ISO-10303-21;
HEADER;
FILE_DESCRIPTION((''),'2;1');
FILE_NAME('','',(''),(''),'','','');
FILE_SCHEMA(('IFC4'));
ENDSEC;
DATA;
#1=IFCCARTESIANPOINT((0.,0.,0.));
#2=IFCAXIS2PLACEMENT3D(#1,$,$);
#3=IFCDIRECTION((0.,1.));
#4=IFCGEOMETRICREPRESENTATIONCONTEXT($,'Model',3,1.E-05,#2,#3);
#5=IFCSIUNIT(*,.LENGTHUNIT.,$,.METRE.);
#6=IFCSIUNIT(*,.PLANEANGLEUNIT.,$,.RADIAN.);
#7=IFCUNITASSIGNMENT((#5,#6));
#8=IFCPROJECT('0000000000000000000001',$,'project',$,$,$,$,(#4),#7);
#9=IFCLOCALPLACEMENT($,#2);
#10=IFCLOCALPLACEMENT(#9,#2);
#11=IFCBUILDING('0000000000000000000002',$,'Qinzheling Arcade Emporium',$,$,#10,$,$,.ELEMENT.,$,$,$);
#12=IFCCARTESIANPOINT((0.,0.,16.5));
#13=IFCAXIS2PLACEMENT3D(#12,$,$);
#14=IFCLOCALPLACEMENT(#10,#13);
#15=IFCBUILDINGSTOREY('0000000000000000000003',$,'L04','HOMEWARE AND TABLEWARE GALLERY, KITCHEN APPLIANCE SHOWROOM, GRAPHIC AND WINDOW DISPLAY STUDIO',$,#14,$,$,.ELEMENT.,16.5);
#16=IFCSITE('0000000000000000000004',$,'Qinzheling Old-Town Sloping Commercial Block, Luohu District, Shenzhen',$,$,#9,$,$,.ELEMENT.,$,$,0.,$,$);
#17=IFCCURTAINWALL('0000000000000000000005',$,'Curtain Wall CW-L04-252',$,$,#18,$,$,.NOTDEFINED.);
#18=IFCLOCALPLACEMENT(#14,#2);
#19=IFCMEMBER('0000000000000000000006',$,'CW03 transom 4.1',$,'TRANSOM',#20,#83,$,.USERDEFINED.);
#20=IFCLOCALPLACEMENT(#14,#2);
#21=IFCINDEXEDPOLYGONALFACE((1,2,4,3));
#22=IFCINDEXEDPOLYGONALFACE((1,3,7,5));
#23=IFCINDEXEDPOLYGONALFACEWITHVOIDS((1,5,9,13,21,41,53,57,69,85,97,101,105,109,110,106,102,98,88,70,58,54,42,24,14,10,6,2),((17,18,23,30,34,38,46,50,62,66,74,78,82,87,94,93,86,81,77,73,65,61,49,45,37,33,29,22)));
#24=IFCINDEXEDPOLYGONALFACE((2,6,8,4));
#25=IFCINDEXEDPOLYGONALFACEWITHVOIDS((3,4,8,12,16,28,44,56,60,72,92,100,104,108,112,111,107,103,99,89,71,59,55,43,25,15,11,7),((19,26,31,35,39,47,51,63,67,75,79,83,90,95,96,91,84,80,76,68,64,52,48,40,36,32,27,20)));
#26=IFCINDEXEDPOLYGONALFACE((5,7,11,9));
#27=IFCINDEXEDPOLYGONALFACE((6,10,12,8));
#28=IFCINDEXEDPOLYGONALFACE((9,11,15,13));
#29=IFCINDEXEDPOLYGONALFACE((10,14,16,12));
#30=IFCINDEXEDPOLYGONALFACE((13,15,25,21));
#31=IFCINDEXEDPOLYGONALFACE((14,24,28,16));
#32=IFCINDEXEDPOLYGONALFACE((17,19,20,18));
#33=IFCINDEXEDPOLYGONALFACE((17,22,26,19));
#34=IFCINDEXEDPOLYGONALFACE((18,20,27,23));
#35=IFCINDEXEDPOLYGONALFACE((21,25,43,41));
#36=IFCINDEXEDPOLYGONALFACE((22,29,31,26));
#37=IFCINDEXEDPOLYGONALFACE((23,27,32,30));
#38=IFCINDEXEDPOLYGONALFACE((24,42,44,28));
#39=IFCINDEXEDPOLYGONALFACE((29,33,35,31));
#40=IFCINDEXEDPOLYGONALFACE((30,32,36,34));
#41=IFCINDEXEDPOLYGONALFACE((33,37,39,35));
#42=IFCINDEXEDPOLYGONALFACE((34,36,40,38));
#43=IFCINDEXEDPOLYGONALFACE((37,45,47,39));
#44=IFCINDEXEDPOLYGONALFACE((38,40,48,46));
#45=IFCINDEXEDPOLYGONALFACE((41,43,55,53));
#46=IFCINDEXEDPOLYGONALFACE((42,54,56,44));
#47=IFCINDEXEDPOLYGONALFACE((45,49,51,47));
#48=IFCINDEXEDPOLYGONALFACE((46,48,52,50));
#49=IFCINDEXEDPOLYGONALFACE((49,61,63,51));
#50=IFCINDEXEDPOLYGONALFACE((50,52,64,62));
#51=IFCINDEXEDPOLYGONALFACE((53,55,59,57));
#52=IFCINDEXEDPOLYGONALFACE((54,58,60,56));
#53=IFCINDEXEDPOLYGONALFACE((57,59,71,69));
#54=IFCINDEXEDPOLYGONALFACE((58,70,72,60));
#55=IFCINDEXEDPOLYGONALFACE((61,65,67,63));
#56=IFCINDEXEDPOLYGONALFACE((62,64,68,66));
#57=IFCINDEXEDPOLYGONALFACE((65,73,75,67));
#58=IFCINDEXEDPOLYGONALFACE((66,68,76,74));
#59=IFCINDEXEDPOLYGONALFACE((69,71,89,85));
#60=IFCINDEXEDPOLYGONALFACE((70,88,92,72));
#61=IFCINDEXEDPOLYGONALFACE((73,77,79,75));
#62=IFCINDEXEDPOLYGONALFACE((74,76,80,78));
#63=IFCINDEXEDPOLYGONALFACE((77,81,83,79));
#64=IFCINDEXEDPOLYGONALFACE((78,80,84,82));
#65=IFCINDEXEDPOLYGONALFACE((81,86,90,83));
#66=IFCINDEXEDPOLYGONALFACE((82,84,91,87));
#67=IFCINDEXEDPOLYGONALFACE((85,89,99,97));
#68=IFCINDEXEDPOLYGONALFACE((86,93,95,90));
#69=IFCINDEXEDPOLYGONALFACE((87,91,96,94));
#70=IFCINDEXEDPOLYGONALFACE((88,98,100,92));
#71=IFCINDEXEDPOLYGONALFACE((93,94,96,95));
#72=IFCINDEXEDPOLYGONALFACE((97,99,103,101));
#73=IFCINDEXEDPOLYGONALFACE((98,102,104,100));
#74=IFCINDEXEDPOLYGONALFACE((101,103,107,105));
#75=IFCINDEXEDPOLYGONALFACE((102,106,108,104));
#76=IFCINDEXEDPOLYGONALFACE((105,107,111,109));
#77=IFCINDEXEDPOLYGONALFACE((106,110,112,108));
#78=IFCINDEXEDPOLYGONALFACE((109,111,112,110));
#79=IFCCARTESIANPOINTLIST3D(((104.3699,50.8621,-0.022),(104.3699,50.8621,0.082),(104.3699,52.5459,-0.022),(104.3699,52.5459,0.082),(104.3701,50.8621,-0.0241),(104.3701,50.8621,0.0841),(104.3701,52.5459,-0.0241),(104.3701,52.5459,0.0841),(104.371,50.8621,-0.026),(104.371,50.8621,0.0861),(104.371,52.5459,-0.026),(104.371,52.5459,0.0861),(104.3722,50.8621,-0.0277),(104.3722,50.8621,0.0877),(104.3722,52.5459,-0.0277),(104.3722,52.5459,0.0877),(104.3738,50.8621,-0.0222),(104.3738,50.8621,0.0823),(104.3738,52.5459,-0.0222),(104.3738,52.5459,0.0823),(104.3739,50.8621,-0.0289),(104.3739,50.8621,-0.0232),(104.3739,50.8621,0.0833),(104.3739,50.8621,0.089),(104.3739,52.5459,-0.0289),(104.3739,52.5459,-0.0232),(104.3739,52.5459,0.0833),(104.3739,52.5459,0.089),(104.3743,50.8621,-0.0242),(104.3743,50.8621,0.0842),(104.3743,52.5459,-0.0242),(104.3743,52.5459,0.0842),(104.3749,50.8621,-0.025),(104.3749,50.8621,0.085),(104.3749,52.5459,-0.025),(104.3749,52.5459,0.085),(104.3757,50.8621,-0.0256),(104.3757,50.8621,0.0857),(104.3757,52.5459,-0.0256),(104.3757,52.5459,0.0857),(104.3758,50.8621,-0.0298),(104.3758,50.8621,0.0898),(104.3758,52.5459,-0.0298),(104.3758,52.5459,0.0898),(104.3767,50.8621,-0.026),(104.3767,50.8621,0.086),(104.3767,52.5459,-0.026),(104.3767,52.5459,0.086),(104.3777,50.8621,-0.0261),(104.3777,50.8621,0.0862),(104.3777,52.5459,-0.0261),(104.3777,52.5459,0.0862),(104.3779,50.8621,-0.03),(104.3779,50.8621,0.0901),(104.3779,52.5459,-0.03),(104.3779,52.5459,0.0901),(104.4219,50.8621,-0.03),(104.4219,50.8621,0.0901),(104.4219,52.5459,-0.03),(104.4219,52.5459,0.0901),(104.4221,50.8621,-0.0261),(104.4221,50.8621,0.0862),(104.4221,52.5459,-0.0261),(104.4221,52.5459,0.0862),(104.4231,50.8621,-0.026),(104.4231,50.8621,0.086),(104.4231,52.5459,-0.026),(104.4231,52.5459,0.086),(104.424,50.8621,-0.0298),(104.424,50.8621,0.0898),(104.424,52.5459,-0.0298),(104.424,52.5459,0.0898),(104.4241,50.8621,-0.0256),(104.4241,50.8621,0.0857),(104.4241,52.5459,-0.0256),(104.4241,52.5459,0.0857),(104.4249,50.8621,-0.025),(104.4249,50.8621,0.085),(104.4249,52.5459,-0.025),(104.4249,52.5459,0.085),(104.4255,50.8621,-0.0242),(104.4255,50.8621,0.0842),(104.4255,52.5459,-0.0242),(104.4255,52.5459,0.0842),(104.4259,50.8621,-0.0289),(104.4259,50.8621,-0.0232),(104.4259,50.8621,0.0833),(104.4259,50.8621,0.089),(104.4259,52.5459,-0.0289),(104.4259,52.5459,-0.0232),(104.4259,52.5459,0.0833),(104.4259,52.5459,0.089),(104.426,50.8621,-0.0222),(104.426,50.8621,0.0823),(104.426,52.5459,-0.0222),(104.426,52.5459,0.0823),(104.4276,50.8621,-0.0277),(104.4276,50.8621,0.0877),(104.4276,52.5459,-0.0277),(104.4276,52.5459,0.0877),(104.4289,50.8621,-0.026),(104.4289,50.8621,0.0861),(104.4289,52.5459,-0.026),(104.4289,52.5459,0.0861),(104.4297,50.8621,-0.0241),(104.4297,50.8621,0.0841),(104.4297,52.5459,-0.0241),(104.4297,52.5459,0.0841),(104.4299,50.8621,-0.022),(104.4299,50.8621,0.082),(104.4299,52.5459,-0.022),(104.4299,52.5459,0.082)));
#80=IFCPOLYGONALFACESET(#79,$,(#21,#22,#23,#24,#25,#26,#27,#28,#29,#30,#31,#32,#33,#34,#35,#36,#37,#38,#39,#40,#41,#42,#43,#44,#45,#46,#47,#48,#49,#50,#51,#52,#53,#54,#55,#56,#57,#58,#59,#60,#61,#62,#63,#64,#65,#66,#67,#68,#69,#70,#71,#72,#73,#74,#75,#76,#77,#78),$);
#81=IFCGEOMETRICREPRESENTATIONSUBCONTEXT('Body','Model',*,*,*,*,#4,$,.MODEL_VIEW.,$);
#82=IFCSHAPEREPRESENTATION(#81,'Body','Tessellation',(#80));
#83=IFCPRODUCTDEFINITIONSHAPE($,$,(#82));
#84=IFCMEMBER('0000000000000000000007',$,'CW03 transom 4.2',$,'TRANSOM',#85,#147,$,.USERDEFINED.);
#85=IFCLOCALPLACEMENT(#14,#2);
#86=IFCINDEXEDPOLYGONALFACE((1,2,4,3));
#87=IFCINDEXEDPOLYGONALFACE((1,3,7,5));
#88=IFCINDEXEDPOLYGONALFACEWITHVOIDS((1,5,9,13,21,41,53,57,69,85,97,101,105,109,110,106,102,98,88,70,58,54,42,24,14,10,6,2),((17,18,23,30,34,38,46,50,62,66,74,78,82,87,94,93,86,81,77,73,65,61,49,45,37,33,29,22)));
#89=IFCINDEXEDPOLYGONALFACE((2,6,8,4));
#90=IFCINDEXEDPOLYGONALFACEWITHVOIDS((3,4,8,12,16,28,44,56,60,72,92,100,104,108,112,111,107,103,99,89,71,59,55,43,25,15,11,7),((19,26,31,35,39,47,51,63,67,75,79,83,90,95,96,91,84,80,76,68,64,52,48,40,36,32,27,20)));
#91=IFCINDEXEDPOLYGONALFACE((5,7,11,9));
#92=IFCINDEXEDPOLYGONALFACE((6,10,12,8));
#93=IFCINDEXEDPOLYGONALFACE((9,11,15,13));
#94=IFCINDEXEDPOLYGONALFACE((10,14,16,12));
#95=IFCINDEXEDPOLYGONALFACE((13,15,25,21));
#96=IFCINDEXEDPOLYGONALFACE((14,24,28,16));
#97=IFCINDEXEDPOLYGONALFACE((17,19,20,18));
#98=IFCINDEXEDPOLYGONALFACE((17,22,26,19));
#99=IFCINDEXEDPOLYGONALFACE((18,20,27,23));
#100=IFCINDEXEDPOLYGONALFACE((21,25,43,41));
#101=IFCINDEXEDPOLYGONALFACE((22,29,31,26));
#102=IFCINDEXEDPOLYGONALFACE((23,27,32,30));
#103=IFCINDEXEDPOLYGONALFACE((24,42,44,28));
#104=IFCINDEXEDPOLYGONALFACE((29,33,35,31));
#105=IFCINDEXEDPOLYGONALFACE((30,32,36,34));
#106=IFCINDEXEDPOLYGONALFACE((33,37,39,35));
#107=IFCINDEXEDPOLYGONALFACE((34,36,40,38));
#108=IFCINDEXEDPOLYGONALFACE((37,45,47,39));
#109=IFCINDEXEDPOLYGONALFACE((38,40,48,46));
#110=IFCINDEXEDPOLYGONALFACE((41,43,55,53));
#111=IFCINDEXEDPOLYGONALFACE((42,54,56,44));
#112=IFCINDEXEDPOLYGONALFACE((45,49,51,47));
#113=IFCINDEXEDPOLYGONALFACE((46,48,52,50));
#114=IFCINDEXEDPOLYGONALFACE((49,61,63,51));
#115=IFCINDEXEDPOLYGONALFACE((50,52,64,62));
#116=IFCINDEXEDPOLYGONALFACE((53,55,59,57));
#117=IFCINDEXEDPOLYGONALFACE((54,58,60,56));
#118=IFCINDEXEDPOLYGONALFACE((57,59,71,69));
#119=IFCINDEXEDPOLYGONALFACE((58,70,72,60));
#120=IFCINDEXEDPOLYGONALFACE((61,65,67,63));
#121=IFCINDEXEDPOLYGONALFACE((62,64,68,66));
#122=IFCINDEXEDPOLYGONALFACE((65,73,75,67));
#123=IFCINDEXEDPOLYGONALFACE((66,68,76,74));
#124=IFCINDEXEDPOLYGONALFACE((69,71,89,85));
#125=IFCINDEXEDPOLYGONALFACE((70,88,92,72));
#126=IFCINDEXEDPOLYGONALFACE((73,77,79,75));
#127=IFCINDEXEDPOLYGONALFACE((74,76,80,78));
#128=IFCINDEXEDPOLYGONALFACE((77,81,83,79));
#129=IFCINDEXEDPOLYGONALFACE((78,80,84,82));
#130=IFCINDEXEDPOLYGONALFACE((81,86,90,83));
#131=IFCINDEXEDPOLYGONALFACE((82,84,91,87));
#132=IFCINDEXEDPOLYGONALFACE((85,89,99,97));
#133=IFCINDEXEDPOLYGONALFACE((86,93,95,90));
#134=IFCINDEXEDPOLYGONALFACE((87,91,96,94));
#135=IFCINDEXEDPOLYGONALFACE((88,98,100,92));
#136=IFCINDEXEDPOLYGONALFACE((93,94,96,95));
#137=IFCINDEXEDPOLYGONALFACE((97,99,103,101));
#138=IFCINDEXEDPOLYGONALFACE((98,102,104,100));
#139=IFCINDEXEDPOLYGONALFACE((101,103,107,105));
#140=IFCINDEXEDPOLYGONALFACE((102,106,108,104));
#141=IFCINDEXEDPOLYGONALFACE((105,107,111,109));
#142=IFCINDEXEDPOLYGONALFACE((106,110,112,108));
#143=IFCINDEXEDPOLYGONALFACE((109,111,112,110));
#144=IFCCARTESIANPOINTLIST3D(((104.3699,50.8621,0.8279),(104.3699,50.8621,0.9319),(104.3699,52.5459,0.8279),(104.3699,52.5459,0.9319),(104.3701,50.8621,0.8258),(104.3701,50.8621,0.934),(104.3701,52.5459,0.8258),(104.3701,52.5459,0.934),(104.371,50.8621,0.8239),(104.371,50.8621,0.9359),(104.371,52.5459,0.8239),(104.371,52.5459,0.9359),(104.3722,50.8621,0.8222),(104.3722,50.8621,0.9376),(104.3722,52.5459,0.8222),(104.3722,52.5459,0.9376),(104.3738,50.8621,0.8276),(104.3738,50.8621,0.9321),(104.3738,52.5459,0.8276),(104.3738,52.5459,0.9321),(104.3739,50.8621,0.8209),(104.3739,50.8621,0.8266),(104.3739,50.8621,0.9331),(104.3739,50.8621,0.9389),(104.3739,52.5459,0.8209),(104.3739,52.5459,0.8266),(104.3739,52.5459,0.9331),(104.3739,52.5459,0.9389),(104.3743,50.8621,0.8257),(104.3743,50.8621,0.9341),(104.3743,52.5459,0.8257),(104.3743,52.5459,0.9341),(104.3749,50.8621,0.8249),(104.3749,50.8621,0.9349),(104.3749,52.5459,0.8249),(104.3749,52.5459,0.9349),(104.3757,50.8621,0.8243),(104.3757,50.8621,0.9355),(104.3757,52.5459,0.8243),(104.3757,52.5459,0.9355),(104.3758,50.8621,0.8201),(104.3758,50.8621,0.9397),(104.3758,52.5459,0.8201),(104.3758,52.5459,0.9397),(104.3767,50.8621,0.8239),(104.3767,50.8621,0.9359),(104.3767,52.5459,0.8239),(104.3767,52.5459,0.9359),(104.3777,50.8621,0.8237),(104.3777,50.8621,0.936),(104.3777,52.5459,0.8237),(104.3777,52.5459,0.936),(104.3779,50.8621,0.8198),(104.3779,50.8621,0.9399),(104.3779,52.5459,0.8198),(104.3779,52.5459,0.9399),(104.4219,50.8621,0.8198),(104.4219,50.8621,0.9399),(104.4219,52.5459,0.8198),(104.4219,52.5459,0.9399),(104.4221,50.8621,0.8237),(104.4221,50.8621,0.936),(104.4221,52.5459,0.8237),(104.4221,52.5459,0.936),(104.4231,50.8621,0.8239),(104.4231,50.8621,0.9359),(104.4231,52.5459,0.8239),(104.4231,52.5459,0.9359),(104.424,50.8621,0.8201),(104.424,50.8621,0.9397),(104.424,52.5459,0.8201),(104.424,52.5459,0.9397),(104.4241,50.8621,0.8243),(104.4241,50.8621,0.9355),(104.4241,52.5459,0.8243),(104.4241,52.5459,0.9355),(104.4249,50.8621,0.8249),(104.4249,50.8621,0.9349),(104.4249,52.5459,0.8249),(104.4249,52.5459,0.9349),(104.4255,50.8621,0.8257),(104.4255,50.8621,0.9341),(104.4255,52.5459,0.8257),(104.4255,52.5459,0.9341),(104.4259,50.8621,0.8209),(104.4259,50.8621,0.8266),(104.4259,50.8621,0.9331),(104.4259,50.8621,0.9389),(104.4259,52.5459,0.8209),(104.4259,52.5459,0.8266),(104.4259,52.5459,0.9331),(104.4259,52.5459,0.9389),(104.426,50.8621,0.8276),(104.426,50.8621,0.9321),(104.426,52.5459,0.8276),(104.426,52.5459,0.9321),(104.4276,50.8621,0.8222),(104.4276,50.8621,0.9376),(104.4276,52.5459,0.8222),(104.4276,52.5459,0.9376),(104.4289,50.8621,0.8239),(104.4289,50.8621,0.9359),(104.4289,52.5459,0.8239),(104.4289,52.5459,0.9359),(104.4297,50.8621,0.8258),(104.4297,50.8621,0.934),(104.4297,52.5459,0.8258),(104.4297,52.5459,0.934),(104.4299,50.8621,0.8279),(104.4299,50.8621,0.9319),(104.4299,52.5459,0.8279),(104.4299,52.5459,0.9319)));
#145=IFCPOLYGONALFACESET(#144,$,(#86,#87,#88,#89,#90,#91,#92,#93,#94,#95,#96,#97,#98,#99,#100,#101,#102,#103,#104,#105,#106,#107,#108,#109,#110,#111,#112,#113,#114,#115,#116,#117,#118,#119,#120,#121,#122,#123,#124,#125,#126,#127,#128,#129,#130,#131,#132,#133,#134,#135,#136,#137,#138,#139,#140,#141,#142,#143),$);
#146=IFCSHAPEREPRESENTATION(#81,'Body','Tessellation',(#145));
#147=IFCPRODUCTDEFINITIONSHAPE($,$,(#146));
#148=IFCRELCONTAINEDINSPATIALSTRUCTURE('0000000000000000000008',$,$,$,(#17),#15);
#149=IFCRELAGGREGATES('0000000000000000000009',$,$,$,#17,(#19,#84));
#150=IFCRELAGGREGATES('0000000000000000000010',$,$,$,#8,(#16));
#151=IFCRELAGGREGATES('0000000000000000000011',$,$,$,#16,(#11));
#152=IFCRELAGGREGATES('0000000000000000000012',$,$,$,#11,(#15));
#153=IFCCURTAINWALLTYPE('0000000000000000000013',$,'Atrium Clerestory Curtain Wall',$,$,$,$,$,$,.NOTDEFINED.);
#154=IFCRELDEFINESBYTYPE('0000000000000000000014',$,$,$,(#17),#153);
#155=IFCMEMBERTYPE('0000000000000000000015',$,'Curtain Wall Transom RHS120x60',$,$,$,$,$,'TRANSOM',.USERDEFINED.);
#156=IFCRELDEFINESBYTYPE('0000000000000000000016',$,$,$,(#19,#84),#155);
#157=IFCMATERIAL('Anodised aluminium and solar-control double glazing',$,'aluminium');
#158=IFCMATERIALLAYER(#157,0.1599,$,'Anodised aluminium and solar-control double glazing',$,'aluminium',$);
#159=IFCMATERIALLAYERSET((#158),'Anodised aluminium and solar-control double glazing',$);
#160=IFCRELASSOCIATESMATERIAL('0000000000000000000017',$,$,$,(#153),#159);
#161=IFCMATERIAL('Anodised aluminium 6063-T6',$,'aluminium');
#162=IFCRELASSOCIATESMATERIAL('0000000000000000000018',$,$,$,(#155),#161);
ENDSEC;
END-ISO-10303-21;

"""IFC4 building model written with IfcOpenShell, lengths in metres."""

from ifc_helpers import new_model, si_unit, direction, frame, origin, origin_2d, place, context, subcontext, project, spatial, hollow_rectangle, extrude, material, layer, layer_set, material_profile, profile_set, type_object, element, aggregate, save


model = new_model("IFC4")

# Units and contexts
model_context = context("Model", 3, precision=1e-05, world=origin(), true_north=direction((0.0, 1.0)))
body_context = subcontext(model_context, "Body", "Model", "MODEL_VIEW")
ifc_project = project(units=[si_unit("LENGTHUNIT", "METRE"), si_unit("PLANEANGLEUNIT", "RADIAN")], contexts=[model_context])

# Site, building, storey
site_placement = place(None, origin())
site = spatial("IfcSite", under=ifc_project, at=site_placement, Name="Qinzheling Old-Town Sloping Commercial Block, Luohu District, Shenzhen", CompositionType="ELEMENT", RefElevation=0.0)
building_placement = place(site_placement, origin())
building = spatial("IfcBuilding", under=site, at=building_placement, Name="Qinzheling Arcade Emporium", CompositionType="ELEMENT")
storey_placement = place(building_placement, frame((0.0, 0.0, 16.5)))
storey = spatial("IfcBuildingStorey", under=building, at=storey_placement, Name="L04", Description="HOMEWARE AND TABLEWARE GALLERY, KITCHEN APPLIANCE SHOWROOM, GRAPHIC AND WINDOW DISPLAY STUDIO", CompositionType="ELEMENT", Elevation=16.5)

# Curtain wall, members
ifc_material_1 = material(Name="Anodised aluminium and solar-control double glazing", Category="aluminium")
ifc_layer_1 = layer(ifc_material_1, 0.1599, Name="Anodised aluminium and solar-control double glazing", Category="aluminium")
ifc_layer_set_1 = layer_set([ifc_layer_1], Name="Anodised aluminium and solar-control double glazing")
curtain_wall_type = type_object("IfcCurtainWallType", Name="Atrium Clerestory Curtain Wall", PredefinedType="NOTDEFINED", material=ifc_layer_set_1)
curtain_wall_placement = place(storey_placement, origin())
curtain_wall = element("IfcCurtainWall", 1, at=curtain_wall_placement, inside=storey, type_object=curtain_wall_type, Name="Curtain Wall CW-L04-252", PredefinedType="NOTDEFINED")
ifc_material_2 = material(Name="Anodised aluminium 6063-T6", Category="aluminium")
ifc_material_profile_1 = material_profile(ifc_material_2, hollow_rectangle(XDim=0.0601, YDim=0.1201, WallThickness=0.0039, InnerFilletRadius=0.0039, OuterFilletRadius=0.0081, at=origin_2d()), Name="RHS 120x60x4", Category="aluminium")
ifc_profile_set_1 = profile_set([ifc_material_profile_1], Name="Anodised aluminium 6063-T6")
member_type_1 = type_object("IfcMemberType", Name="Curtain Wall Transom RHS120x60", ElementType="TRANSOM", PredefinedType="USERDEFINED", material=ifc_profile_set_1)
member_1_placement = place(storey_placement, frame((104.3999, 52.5459, 0.03), z_axis=(0.0, -1.0, 0.0), x_axis=(1.0, 0.0, 0.0)))
member_1 = element("IfcMember", 2, at=member_1_placement, type_object=member_type_1, Name="CW03 transom 4.1", ObjectType="TRANSOM", PredefinedType="USERDEFINED", context=body_context, shape_type="SweptSolid", body=[
    extrude(hollow_rectangle(XDim=0.0601, YDim=0.1201, WallThickness=0.0039, InnerFilletRadius=0.0039, OuterFilletRadius=0.0081, at=origin_2d()), origin(), (0.0, 0.0, 1.0), 1.6838),
])
member_2_placement = place(storey_placement, frame((104.3999, 52.5459, 0.8799), z_axis=(0.0, -1.0, 0.0), x_axis=(1.0, 0.0, 0.0)))
member_2 = element("IfcMember", 3, at=member_2_placement, type_object=member_type_1, Name="CW03 transom 4.2", ObjectType="TRANSOM", PredefinedType="USERDEFINED", context=body_context, shape_type="SweptSolid", body=[
    extrude(hollow_rectangle(XDim=0.0601, YDim=0.1201, WallThickness=0.0039, InnerFilletRadius=0.0039, OuterFilletRadius=0.0081, at=origin_2d()), origin(), (0.0, 0.0, 1.0), 1.6838),
])

aggregate(curtain_wall, [member_1, member_2])

save(model, "model.ifc")
